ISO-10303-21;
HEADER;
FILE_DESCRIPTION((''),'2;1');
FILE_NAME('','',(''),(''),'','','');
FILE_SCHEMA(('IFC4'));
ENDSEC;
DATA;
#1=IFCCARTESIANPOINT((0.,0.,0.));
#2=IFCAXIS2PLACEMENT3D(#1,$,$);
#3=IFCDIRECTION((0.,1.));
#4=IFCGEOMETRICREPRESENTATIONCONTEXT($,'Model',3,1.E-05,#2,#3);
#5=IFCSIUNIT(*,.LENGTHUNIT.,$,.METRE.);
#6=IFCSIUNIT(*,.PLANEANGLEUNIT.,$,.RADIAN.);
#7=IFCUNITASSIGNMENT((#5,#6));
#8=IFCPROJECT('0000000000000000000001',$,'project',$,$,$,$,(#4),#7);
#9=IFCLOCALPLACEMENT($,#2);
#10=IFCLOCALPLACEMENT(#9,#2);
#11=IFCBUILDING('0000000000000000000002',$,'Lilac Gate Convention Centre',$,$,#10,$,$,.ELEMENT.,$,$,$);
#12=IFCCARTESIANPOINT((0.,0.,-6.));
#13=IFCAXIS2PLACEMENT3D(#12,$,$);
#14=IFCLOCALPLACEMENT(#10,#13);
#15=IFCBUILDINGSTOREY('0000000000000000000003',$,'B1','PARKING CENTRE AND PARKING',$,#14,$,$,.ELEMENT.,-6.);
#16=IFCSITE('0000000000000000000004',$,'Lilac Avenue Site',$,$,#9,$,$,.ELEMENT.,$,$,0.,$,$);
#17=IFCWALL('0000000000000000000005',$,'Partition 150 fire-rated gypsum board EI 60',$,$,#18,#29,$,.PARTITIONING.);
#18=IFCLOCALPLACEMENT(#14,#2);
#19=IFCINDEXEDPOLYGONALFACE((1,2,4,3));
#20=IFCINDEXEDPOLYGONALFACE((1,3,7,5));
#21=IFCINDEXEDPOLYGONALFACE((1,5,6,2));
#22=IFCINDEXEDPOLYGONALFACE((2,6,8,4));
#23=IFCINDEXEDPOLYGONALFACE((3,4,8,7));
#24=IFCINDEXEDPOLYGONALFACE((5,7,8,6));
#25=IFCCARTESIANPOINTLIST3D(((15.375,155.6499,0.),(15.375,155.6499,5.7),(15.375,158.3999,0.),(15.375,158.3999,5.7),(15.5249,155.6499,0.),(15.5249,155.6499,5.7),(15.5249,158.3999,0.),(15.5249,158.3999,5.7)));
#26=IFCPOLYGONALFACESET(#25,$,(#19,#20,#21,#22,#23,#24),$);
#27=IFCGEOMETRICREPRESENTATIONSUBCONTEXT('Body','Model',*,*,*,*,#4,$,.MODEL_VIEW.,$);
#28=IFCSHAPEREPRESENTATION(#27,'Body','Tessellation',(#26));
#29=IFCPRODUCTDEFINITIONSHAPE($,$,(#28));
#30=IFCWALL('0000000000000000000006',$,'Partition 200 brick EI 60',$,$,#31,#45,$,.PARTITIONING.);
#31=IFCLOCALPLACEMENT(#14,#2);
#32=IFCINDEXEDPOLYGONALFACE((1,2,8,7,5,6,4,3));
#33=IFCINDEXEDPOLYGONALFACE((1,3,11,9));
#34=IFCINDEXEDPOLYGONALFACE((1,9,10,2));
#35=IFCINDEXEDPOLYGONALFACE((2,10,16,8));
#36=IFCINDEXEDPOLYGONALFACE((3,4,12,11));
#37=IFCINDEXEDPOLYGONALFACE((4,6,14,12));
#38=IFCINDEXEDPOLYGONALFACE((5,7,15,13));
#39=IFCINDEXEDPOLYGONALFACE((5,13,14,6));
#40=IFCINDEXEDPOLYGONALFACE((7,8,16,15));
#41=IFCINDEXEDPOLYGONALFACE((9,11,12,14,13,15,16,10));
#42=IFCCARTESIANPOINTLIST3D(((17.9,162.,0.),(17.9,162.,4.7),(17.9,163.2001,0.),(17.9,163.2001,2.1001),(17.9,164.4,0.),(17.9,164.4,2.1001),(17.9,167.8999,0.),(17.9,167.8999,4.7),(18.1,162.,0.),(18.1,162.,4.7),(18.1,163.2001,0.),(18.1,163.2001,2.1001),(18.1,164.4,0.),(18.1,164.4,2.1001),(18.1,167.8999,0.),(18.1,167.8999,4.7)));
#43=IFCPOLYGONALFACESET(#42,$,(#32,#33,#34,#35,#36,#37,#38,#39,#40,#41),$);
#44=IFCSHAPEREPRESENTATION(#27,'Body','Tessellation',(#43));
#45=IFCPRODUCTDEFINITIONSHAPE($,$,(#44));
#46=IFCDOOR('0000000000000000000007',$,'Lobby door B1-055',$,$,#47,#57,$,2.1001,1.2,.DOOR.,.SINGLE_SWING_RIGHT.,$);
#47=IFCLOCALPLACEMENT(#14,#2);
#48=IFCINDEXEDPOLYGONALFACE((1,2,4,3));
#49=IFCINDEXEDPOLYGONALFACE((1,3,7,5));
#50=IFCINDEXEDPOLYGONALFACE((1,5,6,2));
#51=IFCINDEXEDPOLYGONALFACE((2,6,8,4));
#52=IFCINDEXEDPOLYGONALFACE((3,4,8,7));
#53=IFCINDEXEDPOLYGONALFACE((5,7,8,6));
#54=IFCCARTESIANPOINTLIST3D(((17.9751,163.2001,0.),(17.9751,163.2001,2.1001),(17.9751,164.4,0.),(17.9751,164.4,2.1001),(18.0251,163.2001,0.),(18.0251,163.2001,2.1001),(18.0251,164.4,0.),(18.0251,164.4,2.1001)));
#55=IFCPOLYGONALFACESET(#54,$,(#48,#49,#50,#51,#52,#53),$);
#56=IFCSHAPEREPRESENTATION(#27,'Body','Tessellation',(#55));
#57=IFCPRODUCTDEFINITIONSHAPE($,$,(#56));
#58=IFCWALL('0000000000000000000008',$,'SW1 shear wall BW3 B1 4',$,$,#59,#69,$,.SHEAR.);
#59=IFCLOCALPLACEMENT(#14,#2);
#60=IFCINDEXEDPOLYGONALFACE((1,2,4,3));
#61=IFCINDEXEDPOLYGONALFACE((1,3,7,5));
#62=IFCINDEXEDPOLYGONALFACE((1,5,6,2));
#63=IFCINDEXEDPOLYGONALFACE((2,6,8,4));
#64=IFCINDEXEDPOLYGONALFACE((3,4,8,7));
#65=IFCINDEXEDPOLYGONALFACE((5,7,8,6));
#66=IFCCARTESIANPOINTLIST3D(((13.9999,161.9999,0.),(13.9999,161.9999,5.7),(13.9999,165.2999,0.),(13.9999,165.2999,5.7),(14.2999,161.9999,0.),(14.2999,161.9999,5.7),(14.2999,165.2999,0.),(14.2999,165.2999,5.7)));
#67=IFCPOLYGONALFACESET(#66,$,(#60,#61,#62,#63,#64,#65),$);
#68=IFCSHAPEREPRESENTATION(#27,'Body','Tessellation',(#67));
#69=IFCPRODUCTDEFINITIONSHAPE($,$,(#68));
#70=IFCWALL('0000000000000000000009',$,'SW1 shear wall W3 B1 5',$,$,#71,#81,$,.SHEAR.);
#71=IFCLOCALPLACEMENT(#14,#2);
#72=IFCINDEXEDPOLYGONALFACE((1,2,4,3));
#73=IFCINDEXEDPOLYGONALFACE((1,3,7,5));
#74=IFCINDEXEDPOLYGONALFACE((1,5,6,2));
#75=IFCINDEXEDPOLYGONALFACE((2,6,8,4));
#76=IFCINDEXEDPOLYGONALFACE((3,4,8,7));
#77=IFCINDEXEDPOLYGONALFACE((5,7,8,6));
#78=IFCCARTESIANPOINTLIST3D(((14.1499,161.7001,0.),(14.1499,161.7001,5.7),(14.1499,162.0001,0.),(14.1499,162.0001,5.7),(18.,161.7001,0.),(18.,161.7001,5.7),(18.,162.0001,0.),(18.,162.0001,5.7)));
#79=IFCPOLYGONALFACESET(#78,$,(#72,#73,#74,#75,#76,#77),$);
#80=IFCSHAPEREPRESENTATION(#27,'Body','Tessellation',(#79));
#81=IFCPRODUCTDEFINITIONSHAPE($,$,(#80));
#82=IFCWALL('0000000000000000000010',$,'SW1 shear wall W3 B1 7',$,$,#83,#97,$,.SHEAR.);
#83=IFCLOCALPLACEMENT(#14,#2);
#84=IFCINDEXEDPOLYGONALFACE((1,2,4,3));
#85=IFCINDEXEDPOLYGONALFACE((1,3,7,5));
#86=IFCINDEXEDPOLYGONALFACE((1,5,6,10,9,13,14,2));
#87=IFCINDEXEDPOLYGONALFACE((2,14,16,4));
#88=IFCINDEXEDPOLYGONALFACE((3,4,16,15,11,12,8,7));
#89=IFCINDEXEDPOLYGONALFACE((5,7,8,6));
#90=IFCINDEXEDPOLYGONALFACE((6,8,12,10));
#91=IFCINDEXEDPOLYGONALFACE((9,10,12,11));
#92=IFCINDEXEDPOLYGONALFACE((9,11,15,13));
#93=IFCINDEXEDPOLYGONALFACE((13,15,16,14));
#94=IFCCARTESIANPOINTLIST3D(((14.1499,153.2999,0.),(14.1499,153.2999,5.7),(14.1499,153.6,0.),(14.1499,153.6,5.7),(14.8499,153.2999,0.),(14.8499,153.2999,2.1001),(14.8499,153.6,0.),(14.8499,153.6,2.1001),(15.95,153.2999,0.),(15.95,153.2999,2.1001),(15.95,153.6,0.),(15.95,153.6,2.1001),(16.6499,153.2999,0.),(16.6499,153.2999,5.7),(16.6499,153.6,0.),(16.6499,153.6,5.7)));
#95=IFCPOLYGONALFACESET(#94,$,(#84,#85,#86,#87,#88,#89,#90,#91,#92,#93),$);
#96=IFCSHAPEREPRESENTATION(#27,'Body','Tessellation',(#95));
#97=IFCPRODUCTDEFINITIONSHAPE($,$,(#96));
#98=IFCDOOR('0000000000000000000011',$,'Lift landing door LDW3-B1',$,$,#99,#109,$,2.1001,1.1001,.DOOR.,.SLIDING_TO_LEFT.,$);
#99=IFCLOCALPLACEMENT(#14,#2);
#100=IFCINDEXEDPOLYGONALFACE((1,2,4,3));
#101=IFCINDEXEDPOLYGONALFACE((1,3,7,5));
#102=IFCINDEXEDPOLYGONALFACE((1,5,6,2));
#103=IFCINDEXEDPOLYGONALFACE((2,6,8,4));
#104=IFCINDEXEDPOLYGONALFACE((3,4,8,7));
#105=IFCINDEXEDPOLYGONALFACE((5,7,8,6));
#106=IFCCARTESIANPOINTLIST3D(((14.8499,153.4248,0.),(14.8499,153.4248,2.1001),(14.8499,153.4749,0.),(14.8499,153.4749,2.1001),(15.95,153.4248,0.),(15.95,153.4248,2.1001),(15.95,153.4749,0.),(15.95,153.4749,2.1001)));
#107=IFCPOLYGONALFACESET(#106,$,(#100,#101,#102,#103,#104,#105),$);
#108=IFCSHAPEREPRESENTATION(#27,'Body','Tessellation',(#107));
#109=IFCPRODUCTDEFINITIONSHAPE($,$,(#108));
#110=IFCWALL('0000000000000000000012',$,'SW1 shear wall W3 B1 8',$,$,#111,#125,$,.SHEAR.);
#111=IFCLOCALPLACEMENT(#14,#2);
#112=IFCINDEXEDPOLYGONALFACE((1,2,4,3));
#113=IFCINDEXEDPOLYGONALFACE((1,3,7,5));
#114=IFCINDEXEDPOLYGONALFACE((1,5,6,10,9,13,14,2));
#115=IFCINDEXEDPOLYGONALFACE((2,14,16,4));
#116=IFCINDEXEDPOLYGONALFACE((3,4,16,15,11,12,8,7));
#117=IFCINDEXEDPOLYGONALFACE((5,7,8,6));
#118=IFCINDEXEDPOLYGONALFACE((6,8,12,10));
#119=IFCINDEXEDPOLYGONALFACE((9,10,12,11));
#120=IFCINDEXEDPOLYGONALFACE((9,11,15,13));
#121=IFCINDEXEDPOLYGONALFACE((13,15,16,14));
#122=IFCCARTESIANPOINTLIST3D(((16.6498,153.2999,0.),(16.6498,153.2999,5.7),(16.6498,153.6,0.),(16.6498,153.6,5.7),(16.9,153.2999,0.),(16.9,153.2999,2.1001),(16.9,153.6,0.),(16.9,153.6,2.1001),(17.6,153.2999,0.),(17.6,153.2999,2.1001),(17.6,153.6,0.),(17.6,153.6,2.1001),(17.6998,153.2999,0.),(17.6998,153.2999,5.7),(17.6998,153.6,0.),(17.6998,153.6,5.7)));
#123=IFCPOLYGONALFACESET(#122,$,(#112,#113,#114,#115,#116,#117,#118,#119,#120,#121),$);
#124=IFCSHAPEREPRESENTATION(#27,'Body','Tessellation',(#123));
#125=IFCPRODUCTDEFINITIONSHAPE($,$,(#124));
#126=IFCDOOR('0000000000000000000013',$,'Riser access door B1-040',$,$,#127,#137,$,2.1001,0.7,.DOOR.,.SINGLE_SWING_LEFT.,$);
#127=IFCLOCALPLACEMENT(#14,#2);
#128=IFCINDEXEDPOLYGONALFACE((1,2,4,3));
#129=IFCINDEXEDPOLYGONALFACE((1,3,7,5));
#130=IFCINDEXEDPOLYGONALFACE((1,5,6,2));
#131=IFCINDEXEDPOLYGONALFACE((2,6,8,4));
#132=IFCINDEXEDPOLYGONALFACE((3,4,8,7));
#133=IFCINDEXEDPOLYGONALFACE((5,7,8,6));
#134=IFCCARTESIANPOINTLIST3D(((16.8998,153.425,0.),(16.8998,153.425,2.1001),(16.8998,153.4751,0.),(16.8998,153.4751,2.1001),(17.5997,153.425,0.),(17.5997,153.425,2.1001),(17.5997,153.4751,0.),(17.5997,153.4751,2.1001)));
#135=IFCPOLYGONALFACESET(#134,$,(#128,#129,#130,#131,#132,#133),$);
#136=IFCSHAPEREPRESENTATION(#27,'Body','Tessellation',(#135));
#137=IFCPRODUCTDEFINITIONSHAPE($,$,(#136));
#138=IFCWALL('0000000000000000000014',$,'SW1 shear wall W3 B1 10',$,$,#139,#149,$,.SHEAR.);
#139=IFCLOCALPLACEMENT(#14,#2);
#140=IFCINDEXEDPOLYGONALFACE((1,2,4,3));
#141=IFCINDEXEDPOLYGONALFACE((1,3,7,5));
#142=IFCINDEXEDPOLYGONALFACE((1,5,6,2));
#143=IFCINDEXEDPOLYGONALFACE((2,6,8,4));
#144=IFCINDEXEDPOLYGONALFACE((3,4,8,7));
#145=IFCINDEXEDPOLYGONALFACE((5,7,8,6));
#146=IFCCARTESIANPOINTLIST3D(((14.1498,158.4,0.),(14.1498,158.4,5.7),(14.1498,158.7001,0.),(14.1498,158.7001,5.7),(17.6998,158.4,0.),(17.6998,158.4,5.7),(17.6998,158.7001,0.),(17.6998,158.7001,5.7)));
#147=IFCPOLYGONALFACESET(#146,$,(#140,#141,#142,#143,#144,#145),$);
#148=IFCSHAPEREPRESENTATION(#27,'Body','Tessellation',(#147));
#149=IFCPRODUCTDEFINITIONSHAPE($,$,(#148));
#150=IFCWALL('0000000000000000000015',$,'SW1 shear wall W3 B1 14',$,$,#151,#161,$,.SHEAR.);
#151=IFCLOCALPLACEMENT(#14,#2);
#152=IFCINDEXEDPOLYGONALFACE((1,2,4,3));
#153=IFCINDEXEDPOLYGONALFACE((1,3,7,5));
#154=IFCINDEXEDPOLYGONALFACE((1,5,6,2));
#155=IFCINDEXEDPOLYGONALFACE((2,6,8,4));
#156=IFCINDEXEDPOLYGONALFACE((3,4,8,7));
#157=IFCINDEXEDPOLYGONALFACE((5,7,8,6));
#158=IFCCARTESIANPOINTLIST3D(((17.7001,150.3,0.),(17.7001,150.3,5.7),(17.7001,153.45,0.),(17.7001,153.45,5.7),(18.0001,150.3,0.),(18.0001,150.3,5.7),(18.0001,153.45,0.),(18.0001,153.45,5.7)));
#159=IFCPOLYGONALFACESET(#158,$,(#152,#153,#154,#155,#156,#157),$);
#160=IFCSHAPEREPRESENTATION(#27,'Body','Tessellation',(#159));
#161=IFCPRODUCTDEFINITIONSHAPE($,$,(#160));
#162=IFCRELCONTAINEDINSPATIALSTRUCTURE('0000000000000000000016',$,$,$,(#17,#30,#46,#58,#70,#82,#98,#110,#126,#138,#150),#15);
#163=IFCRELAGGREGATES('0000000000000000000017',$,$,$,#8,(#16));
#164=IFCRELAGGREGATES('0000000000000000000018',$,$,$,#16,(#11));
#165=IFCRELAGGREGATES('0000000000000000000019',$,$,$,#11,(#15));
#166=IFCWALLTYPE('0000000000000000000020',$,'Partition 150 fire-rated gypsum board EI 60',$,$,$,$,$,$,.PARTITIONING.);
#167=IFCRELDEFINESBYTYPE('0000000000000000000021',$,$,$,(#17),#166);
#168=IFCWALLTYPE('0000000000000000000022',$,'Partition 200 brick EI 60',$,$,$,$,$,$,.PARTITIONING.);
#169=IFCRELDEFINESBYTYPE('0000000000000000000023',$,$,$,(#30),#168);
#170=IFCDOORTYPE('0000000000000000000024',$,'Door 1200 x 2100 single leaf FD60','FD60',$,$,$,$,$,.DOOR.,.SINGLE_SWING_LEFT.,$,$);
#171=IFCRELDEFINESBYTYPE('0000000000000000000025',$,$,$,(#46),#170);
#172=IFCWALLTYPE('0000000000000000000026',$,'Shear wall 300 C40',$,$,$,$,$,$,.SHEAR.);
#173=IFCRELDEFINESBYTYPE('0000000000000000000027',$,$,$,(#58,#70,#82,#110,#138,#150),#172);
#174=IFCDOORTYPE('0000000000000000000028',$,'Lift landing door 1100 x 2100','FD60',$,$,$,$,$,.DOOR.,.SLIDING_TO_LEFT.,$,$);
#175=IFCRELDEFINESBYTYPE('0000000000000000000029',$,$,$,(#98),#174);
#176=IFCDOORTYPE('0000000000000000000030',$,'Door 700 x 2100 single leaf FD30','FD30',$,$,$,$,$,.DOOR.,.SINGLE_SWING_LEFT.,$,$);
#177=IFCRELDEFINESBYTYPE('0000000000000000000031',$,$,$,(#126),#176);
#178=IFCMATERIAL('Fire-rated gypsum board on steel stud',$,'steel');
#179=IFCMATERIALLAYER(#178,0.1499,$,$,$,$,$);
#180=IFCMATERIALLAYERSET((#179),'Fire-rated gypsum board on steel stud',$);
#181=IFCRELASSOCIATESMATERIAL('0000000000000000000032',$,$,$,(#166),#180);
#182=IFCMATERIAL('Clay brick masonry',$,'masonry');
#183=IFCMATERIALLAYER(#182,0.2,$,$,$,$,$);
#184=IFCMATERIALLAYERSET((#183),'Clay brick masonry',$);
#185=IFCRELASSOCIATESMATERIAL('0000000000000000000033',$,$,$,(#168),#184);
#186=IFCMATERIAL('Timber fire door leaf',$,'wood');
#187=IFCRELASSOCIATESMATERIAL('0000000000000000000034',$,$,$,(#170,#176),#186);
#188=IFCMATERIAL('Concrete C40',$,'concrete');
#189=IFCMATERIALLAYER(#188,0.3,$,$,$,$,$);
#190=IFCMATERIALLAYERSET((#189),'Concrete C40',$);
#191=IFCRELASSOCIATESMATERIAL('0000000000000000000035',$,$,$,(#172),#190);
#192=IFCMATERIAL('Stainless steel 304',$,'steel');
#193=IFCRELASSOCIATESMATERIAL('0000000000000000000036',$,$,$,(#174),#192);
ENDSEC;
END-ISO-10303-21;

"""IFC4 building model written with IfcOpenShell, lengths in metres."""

from ifc_helpers import new_model, si_unit, direction, frame, frame_2d, origin, place, context, subcontext, project, spatial, rectangle, extrude, material, layer, layer_set, type_object, element, fill, save


model = new_model("IFC4")

# Units and contexts
model_context = context("Model", 3, precision=1e-05, world=origin(), true_north=direction((0.0, 1.0)))
body_context = subcontext(model_context, "Body", "Model", "MODEL_VIEW")
ifc_project = project(units=[si_unit("LENGTHUNIT", "METRE"), si_unit("PLANEANGLEUNIT", "RADIAN")], contexts=[model_context])

# Site, building, storey
site_placement = place(None, origin())
site = spatial("IfcSite", under=ifc_project, at=site_placement, Name="Lilac Avenue Site", CompositionType="ELEMENT", RefElevation=0.0)
building_placement = place(site_placement, origin())
building = spatial("IfcBuilding", under=site, at=building_placement, Name="Lilac Gate Convention Centre", CompositionType="ELEMENT")
storey_placement = place(building_placement, frame((0.0, 0.0, -6.0)))
storey = spatial("IfcBuildingStorey", under=building, at=storey_placement, Name="B1", Description="PARKING CENTRE AND PARKING", CompositionType="ELEMENT", Elevation=-6.0)

# Wall
ifc_material_1 = material(Name="Fire-rated gypsum board on steel stud", Category="steel")
ifc_layer_1 = layer(ifc_material_1, 0.1499)
ifc_layer_set_1 = layer_set([ifc_layer_1], Name="Fire-rated gypsum board on steel stud")
wall_type_1 = type_object("IfcWallType", Name="Partition 150 fire-rated gypsum board EI 60", PredefinedType="PARTITIONING", material=ifc_layer_set_1)
wall_1_placement = place(storey_placement, frame((15.45, 155.6499, 0.0), z_axis=(0.0, 0.0, 1.0), x_axis=(0.0, 1.0, 0.0)))
element("IfcWall", 1, at=wall_1_placement, inside=storey, type_object=wall_type_1, Name="Partition 150 fire-rated gypsum board EI 60", PredefinedType="PARTITIONING", context=body_context, shape_type="SweptSolid", body=[
    extrude(rectangle(XDim=2.75, YDim=0.1499, at=frame_2d((1.375, 0.0))), origin(), (0.0, 0.0, 1.0), 5.7),
])

# Wall, opening, door
ifc_material_2 = material(Name="Clay brick masonry", Category="masonry")
ifc_layer_2 = layer(ifc_material_2, 0.2)
ifc_layer_set_2 = layer_set([ifc_layer_2], Name="Clay brick masonry")
wall_type_2 = type_object("IfcWallType", Name="Partition 200 brick EI 60", PredefinedType="PARTITIONING", material=ifc_layer_set_2)
wall_2_placement = place(storey_placement, frame((18.0, 162.0, 0.0), z_axis=(0.0, 0.0, 1.0), x_axis=(0.0, 1.0, 0.0)))
wall_2 = element("IfcWall", 2, at=wall_2_placement, inside=storey, type_object=wall_type_2, Name="Partition 200 brick EI 60", PredefinedType="PARTITIONING", context=body_context, shape_type="SweptSolid", body=[
    extrude(rectangle(XDim=5.8999, YDim=0.2, at=frame_2d((2.95, 0.0))), origin(), (0.0, 0.0, 1.0), 4.7),
])
opening_1_placement = place(wall_2_placement, frame((1.2, 0.0, 0.0)))
opening_1 = element("IfcOpeningElement", 3, at=opening_1_placement, cuts=wall_2, PredefinedType="OPENING", context=body_context, shape_type="SweptSolid", body=[
    extrude(rectangle(XDim=1.2, YDim=2.1001, at=frame_2d((0.6001, 1.05))), frame((0.0, 0.1099, 0.0), z_axis=(0.0, -1.0, 0.0), x_axis=(1.0, 0.0, 0.0)), (0.0, 0.0, 1.0), 0.22),
])
ifc_material_3 = material(Name="Timber fire door leaf", Category="wood")
door_type_1 = type_object("IfcDoorType", Name="Door 1200 x 2100 single leaf FD60", Description="FD60", OperationType="SINGLE_SWING_LEFT", PredefinedType="DOOR", material=ifc_material_3)
door_1_placement = place(opening_1_placement, origin())
door_1 = element("IfcDoor", 4, at=door_1_placement, inside=storey, type_object=door_type_1, Name="Lobby door B1-055", OperationType="SINGLE_SWING_RIGHT", OverallHeight=2.1001, OverallWidth=1.2, PredefinedType="DOOR", context=body_context, shape_type="SweptSolid", body=[
    extrude(rectangle(XDim=1.2, YDim=2.1001, at=frame_2d((0.6001, 1.05))), frame((0.0, 0.0249, 0.0), z_axis=(0.0, -1.0, 0.0), x_axis=(1.0, 0.0, 0.0)), (0.0, 0.0, 1.0), 0.05),
])
fill(opening_1, door_1)

# Walls
ifc_material_4 = material(Name="Concrete C40", Category="concrete")
ifc_layer_3 = layer(ifc_material_4, 0.3)
ifc_layer_set_3 = layer_set([ifc_layer_3], Name="Concrete C40")
wall_type_3 = type_object("IfcWallType", Name="Shear wall 300 C40", PredefinedType="SHEAR", material=ifc_layer_set_3)
wall_3_placement = place(storey_placement, frame((14.1499, 162.0, 0.0), z_axis=(0.0, 0.0, 1.0), x_axis=(0.0, 1.0, 0.0)))
element("IfcWall", 5, at=wall_3_placement, inside=storey, type_object=wall_type_3, Name="SW1 shear wall BW3 B1 4", PredefinedType="SHEAR", context=body_context, shape_type="SweptSolid", body=[
    extrude(rectangle(XDim=3.3, YDim=0.3, at=frame_2d((1.6499, 0.0))), origin(), (0.0, 0.0, 1.0), 5.7),
])
wall_4_placement = place(storey_placement, frame((14.1499, 161.8501, 0.0), z_axis=(0.0, 0.0, 1.0), x_axis=(1.0, 0.0, 0.0)))
element("IfcWall", 6, at=wall_4_placement, inside=storey, type_object=wall_type_3, Name="SW1 shear wall W3 B1 5", PredefinedType="SHEAR", context=body_context, shape_type="SweptSolid", body=[
    extrude(rectangle(XDim=3.8501, YDim=0.3, at=frame_2d((1.925, 0.0))), origin(), (0.0, 0.0, 1.0), 5.7),
])

# Walls, openings, doors
wall_5_placement = place(storey_placement, frame((14.1499, 153.45, 0.0), z_axis=(0.0, 0.0, 1.0), x_axis=(1.0, 0.0, 0.0)))
wall_5 = element("IfcWall", 7, at=wall_5_placement, inside=storey, type_object=wall_type_3, Name="SW1 shear wall W3 B1 7", PredefinedType="SHEAR", context=body_context, shape_type="SweptSolid", body=[
    extrude(rectangle(XDim=2.5, YDim=0.3, at=frame_2d((1.25, 0.0))), origin(), (0.0, 0.0, 1.0), 5.7),
])
opening_2_placement = place(wall_5_placement, frame((0.7, 0.0, 0.0)))
opening_2 = element("IfcOpeningElement", 8, at=opening_2_placement, cuts=wall_5, PredefinedType="OPENING", context=body_context, shape_type="SweptSolid", body=[
    extrude(rectangle(XDim=1.1001, YDim=2.1001, at=frame_2d((0.55, 1.05))), frame((0.0, 0.1599, 0.0), z_axis=(0.0, -1.0, 0.0), x_axis=(1.0, 0.0, 0.0)), (0.0, 0.0, 1.0), 0.3201),
])
ifc_material_5 = material(Name="Stainless steel 304", Category="steel")
door_type_2 = type_object("IfcDoorType", Name="Lift landing door 1100 x 2100", Description="FD60", OperationType="SLIDING_TO_LEFT", PredefinedType="DOOR", material=ifc_material_5)
door_2_placement = place(opening_2_placement, origin())
door_2 = element("IfcDoor", 9, at=door_2_placement, inside=storey, type_object=door_type_2, Name="Lift landing door LDW3-B1", OperationType="SLIDING_TO_LEFT", OverallHeight=2.1001, OverallWidth=1.1001, PredefinedType="DOOR", context=body_context, shape_type="SweptSolid", body=[
    extrude(rectangle(XDim=1.1001, YDim=2.1001, at=frame_2d((0.55, 1.05))), frame((0.0, 0.0249, 0.0), z_axis=(0.0, -1.0, 0.0), x_axis=(1.0, 0.0, 0.0)), (0.0, 0.0, 1.0), 0.05),
])
fill(opening_2, door_2)
wall_6_placement = place(storey_placement, frame((16.6499, 153.45, 0.0), z_axis=(0.0, 0.0, 1.0), x_axis=(1.0, 0.0, 0.0)))
wall_6 = element("IfcWall", 10, at=wall_6_placement, inside=storey, type_object=wall_type_3, Name="SW1 shear wall W3 B1 8", PredefinedType="SHEAR", context=body_context, shape_type="SweptSolid", body=[
    extrude(rectangle(XDim=1.05, YDim=0.3, at=frame_2d((0.5249, 0.0))), origin(), (0.0, 0.0, 1.0), 5.7),
])
opening_3_placement = place(wall_6_placement, frame((0.25, 0.0, 0.0)))
opening_3 = element("IfcOpeningElement", 11, at=opening_3_placement, cuts=wall_6, PredefinedType="OPENING", context=body_context, shape_type="SweptSolid", body=[
    extrude(rectangle(XDim=0.7, YDim=2.1001, at=frame_2d((0.3501, 1.05))), frame((0.0, 0.1599, 0.0), z_axis=(0.0, -1.0, 0.0), x_axis=(1.0, 0.0, 0.0)), (0.0, 0.0, 1.0), 0.3201),
])
door_type_3 = type_object("IfcDoorType", Name="Door 700 x 2100 single leaf FD30", Description="FD30", OperationType="SINGLE_SWING_LEFT", PredefinedType="DOOR", material=ifc_material_3)
door_3_placement = place(opening_3_placement, frame((0.7, 0.0, 0.0), z_axis=(0.0, 0.0, 1.0), x_axis=(-1.0, 0.0, 0.0)))
door_3 = element("IfcDoor", 12, at=door_3_placement, inside=storey, type_object=door_type_3, Name="Riser access door B1-040", OperationType="SINGLE_SWING_LEFT", OverallHeight=2.1001, OverallWidth=0.7, PredefinedType="DOOR", context=body_context, shape_type="SweptSolid", body=[
    extrude(rectangle(XDim=0.7, YDim=2.1001, at=frame_2d((0.3501, 1.05))), frame((0.0, 0.0249, 0.0), z_axis=(0.0, -1.0, 0.0), x_axis=(1.0, 0.0, 0.0)), (0.0, 0.0, 1.0), 0.05),
])
fill(opening_3, door_3)

# Walls
wall_7_placement = place(storey_placement, frame((14.1499, 158.55, 0.0), z_axis=(0.0, 0.0, 1.0), x_axis=(1.0, 0.0, 0.0)))
element("IfcWall", 13, at=wall_7_placement, inside=storey, type_object=wall_type_3, Name="SW1 shear wall W3 B1 10", PredefinedType="SHEAR", context=body_context, shape_type="SweptSolid", body=[
    extrude(rectangle(XDim=3.55, YDim=0.3, at=frame_2d((1.7749, 0.0))), origin(), (0.0, 0.0, 1.0), 5.7),
])
wall_8_placement = place(storey_placement, frame((17.8501, 150.3, 0.0), z_axis=(0.0, 0.0, 1.0), x_axis=(0.0, 1.0, 0.0)))
element("IfcWall", 14, at=wall_8_placement, inside=storey, type_object=wall_type_3, Name="SW1 shear wall W3 B1 14", PredefinedType="SHEAR", context=body_context, shape_type="SweptSolid", body=[
    extrude(rectangle(XDim=3.1499, YDim=0.3, at=frame_2d((1.575, 0.0))), origin(), (0.0, 0.0, 1.0), 5.7),
])

save(model, "model.ifc")
